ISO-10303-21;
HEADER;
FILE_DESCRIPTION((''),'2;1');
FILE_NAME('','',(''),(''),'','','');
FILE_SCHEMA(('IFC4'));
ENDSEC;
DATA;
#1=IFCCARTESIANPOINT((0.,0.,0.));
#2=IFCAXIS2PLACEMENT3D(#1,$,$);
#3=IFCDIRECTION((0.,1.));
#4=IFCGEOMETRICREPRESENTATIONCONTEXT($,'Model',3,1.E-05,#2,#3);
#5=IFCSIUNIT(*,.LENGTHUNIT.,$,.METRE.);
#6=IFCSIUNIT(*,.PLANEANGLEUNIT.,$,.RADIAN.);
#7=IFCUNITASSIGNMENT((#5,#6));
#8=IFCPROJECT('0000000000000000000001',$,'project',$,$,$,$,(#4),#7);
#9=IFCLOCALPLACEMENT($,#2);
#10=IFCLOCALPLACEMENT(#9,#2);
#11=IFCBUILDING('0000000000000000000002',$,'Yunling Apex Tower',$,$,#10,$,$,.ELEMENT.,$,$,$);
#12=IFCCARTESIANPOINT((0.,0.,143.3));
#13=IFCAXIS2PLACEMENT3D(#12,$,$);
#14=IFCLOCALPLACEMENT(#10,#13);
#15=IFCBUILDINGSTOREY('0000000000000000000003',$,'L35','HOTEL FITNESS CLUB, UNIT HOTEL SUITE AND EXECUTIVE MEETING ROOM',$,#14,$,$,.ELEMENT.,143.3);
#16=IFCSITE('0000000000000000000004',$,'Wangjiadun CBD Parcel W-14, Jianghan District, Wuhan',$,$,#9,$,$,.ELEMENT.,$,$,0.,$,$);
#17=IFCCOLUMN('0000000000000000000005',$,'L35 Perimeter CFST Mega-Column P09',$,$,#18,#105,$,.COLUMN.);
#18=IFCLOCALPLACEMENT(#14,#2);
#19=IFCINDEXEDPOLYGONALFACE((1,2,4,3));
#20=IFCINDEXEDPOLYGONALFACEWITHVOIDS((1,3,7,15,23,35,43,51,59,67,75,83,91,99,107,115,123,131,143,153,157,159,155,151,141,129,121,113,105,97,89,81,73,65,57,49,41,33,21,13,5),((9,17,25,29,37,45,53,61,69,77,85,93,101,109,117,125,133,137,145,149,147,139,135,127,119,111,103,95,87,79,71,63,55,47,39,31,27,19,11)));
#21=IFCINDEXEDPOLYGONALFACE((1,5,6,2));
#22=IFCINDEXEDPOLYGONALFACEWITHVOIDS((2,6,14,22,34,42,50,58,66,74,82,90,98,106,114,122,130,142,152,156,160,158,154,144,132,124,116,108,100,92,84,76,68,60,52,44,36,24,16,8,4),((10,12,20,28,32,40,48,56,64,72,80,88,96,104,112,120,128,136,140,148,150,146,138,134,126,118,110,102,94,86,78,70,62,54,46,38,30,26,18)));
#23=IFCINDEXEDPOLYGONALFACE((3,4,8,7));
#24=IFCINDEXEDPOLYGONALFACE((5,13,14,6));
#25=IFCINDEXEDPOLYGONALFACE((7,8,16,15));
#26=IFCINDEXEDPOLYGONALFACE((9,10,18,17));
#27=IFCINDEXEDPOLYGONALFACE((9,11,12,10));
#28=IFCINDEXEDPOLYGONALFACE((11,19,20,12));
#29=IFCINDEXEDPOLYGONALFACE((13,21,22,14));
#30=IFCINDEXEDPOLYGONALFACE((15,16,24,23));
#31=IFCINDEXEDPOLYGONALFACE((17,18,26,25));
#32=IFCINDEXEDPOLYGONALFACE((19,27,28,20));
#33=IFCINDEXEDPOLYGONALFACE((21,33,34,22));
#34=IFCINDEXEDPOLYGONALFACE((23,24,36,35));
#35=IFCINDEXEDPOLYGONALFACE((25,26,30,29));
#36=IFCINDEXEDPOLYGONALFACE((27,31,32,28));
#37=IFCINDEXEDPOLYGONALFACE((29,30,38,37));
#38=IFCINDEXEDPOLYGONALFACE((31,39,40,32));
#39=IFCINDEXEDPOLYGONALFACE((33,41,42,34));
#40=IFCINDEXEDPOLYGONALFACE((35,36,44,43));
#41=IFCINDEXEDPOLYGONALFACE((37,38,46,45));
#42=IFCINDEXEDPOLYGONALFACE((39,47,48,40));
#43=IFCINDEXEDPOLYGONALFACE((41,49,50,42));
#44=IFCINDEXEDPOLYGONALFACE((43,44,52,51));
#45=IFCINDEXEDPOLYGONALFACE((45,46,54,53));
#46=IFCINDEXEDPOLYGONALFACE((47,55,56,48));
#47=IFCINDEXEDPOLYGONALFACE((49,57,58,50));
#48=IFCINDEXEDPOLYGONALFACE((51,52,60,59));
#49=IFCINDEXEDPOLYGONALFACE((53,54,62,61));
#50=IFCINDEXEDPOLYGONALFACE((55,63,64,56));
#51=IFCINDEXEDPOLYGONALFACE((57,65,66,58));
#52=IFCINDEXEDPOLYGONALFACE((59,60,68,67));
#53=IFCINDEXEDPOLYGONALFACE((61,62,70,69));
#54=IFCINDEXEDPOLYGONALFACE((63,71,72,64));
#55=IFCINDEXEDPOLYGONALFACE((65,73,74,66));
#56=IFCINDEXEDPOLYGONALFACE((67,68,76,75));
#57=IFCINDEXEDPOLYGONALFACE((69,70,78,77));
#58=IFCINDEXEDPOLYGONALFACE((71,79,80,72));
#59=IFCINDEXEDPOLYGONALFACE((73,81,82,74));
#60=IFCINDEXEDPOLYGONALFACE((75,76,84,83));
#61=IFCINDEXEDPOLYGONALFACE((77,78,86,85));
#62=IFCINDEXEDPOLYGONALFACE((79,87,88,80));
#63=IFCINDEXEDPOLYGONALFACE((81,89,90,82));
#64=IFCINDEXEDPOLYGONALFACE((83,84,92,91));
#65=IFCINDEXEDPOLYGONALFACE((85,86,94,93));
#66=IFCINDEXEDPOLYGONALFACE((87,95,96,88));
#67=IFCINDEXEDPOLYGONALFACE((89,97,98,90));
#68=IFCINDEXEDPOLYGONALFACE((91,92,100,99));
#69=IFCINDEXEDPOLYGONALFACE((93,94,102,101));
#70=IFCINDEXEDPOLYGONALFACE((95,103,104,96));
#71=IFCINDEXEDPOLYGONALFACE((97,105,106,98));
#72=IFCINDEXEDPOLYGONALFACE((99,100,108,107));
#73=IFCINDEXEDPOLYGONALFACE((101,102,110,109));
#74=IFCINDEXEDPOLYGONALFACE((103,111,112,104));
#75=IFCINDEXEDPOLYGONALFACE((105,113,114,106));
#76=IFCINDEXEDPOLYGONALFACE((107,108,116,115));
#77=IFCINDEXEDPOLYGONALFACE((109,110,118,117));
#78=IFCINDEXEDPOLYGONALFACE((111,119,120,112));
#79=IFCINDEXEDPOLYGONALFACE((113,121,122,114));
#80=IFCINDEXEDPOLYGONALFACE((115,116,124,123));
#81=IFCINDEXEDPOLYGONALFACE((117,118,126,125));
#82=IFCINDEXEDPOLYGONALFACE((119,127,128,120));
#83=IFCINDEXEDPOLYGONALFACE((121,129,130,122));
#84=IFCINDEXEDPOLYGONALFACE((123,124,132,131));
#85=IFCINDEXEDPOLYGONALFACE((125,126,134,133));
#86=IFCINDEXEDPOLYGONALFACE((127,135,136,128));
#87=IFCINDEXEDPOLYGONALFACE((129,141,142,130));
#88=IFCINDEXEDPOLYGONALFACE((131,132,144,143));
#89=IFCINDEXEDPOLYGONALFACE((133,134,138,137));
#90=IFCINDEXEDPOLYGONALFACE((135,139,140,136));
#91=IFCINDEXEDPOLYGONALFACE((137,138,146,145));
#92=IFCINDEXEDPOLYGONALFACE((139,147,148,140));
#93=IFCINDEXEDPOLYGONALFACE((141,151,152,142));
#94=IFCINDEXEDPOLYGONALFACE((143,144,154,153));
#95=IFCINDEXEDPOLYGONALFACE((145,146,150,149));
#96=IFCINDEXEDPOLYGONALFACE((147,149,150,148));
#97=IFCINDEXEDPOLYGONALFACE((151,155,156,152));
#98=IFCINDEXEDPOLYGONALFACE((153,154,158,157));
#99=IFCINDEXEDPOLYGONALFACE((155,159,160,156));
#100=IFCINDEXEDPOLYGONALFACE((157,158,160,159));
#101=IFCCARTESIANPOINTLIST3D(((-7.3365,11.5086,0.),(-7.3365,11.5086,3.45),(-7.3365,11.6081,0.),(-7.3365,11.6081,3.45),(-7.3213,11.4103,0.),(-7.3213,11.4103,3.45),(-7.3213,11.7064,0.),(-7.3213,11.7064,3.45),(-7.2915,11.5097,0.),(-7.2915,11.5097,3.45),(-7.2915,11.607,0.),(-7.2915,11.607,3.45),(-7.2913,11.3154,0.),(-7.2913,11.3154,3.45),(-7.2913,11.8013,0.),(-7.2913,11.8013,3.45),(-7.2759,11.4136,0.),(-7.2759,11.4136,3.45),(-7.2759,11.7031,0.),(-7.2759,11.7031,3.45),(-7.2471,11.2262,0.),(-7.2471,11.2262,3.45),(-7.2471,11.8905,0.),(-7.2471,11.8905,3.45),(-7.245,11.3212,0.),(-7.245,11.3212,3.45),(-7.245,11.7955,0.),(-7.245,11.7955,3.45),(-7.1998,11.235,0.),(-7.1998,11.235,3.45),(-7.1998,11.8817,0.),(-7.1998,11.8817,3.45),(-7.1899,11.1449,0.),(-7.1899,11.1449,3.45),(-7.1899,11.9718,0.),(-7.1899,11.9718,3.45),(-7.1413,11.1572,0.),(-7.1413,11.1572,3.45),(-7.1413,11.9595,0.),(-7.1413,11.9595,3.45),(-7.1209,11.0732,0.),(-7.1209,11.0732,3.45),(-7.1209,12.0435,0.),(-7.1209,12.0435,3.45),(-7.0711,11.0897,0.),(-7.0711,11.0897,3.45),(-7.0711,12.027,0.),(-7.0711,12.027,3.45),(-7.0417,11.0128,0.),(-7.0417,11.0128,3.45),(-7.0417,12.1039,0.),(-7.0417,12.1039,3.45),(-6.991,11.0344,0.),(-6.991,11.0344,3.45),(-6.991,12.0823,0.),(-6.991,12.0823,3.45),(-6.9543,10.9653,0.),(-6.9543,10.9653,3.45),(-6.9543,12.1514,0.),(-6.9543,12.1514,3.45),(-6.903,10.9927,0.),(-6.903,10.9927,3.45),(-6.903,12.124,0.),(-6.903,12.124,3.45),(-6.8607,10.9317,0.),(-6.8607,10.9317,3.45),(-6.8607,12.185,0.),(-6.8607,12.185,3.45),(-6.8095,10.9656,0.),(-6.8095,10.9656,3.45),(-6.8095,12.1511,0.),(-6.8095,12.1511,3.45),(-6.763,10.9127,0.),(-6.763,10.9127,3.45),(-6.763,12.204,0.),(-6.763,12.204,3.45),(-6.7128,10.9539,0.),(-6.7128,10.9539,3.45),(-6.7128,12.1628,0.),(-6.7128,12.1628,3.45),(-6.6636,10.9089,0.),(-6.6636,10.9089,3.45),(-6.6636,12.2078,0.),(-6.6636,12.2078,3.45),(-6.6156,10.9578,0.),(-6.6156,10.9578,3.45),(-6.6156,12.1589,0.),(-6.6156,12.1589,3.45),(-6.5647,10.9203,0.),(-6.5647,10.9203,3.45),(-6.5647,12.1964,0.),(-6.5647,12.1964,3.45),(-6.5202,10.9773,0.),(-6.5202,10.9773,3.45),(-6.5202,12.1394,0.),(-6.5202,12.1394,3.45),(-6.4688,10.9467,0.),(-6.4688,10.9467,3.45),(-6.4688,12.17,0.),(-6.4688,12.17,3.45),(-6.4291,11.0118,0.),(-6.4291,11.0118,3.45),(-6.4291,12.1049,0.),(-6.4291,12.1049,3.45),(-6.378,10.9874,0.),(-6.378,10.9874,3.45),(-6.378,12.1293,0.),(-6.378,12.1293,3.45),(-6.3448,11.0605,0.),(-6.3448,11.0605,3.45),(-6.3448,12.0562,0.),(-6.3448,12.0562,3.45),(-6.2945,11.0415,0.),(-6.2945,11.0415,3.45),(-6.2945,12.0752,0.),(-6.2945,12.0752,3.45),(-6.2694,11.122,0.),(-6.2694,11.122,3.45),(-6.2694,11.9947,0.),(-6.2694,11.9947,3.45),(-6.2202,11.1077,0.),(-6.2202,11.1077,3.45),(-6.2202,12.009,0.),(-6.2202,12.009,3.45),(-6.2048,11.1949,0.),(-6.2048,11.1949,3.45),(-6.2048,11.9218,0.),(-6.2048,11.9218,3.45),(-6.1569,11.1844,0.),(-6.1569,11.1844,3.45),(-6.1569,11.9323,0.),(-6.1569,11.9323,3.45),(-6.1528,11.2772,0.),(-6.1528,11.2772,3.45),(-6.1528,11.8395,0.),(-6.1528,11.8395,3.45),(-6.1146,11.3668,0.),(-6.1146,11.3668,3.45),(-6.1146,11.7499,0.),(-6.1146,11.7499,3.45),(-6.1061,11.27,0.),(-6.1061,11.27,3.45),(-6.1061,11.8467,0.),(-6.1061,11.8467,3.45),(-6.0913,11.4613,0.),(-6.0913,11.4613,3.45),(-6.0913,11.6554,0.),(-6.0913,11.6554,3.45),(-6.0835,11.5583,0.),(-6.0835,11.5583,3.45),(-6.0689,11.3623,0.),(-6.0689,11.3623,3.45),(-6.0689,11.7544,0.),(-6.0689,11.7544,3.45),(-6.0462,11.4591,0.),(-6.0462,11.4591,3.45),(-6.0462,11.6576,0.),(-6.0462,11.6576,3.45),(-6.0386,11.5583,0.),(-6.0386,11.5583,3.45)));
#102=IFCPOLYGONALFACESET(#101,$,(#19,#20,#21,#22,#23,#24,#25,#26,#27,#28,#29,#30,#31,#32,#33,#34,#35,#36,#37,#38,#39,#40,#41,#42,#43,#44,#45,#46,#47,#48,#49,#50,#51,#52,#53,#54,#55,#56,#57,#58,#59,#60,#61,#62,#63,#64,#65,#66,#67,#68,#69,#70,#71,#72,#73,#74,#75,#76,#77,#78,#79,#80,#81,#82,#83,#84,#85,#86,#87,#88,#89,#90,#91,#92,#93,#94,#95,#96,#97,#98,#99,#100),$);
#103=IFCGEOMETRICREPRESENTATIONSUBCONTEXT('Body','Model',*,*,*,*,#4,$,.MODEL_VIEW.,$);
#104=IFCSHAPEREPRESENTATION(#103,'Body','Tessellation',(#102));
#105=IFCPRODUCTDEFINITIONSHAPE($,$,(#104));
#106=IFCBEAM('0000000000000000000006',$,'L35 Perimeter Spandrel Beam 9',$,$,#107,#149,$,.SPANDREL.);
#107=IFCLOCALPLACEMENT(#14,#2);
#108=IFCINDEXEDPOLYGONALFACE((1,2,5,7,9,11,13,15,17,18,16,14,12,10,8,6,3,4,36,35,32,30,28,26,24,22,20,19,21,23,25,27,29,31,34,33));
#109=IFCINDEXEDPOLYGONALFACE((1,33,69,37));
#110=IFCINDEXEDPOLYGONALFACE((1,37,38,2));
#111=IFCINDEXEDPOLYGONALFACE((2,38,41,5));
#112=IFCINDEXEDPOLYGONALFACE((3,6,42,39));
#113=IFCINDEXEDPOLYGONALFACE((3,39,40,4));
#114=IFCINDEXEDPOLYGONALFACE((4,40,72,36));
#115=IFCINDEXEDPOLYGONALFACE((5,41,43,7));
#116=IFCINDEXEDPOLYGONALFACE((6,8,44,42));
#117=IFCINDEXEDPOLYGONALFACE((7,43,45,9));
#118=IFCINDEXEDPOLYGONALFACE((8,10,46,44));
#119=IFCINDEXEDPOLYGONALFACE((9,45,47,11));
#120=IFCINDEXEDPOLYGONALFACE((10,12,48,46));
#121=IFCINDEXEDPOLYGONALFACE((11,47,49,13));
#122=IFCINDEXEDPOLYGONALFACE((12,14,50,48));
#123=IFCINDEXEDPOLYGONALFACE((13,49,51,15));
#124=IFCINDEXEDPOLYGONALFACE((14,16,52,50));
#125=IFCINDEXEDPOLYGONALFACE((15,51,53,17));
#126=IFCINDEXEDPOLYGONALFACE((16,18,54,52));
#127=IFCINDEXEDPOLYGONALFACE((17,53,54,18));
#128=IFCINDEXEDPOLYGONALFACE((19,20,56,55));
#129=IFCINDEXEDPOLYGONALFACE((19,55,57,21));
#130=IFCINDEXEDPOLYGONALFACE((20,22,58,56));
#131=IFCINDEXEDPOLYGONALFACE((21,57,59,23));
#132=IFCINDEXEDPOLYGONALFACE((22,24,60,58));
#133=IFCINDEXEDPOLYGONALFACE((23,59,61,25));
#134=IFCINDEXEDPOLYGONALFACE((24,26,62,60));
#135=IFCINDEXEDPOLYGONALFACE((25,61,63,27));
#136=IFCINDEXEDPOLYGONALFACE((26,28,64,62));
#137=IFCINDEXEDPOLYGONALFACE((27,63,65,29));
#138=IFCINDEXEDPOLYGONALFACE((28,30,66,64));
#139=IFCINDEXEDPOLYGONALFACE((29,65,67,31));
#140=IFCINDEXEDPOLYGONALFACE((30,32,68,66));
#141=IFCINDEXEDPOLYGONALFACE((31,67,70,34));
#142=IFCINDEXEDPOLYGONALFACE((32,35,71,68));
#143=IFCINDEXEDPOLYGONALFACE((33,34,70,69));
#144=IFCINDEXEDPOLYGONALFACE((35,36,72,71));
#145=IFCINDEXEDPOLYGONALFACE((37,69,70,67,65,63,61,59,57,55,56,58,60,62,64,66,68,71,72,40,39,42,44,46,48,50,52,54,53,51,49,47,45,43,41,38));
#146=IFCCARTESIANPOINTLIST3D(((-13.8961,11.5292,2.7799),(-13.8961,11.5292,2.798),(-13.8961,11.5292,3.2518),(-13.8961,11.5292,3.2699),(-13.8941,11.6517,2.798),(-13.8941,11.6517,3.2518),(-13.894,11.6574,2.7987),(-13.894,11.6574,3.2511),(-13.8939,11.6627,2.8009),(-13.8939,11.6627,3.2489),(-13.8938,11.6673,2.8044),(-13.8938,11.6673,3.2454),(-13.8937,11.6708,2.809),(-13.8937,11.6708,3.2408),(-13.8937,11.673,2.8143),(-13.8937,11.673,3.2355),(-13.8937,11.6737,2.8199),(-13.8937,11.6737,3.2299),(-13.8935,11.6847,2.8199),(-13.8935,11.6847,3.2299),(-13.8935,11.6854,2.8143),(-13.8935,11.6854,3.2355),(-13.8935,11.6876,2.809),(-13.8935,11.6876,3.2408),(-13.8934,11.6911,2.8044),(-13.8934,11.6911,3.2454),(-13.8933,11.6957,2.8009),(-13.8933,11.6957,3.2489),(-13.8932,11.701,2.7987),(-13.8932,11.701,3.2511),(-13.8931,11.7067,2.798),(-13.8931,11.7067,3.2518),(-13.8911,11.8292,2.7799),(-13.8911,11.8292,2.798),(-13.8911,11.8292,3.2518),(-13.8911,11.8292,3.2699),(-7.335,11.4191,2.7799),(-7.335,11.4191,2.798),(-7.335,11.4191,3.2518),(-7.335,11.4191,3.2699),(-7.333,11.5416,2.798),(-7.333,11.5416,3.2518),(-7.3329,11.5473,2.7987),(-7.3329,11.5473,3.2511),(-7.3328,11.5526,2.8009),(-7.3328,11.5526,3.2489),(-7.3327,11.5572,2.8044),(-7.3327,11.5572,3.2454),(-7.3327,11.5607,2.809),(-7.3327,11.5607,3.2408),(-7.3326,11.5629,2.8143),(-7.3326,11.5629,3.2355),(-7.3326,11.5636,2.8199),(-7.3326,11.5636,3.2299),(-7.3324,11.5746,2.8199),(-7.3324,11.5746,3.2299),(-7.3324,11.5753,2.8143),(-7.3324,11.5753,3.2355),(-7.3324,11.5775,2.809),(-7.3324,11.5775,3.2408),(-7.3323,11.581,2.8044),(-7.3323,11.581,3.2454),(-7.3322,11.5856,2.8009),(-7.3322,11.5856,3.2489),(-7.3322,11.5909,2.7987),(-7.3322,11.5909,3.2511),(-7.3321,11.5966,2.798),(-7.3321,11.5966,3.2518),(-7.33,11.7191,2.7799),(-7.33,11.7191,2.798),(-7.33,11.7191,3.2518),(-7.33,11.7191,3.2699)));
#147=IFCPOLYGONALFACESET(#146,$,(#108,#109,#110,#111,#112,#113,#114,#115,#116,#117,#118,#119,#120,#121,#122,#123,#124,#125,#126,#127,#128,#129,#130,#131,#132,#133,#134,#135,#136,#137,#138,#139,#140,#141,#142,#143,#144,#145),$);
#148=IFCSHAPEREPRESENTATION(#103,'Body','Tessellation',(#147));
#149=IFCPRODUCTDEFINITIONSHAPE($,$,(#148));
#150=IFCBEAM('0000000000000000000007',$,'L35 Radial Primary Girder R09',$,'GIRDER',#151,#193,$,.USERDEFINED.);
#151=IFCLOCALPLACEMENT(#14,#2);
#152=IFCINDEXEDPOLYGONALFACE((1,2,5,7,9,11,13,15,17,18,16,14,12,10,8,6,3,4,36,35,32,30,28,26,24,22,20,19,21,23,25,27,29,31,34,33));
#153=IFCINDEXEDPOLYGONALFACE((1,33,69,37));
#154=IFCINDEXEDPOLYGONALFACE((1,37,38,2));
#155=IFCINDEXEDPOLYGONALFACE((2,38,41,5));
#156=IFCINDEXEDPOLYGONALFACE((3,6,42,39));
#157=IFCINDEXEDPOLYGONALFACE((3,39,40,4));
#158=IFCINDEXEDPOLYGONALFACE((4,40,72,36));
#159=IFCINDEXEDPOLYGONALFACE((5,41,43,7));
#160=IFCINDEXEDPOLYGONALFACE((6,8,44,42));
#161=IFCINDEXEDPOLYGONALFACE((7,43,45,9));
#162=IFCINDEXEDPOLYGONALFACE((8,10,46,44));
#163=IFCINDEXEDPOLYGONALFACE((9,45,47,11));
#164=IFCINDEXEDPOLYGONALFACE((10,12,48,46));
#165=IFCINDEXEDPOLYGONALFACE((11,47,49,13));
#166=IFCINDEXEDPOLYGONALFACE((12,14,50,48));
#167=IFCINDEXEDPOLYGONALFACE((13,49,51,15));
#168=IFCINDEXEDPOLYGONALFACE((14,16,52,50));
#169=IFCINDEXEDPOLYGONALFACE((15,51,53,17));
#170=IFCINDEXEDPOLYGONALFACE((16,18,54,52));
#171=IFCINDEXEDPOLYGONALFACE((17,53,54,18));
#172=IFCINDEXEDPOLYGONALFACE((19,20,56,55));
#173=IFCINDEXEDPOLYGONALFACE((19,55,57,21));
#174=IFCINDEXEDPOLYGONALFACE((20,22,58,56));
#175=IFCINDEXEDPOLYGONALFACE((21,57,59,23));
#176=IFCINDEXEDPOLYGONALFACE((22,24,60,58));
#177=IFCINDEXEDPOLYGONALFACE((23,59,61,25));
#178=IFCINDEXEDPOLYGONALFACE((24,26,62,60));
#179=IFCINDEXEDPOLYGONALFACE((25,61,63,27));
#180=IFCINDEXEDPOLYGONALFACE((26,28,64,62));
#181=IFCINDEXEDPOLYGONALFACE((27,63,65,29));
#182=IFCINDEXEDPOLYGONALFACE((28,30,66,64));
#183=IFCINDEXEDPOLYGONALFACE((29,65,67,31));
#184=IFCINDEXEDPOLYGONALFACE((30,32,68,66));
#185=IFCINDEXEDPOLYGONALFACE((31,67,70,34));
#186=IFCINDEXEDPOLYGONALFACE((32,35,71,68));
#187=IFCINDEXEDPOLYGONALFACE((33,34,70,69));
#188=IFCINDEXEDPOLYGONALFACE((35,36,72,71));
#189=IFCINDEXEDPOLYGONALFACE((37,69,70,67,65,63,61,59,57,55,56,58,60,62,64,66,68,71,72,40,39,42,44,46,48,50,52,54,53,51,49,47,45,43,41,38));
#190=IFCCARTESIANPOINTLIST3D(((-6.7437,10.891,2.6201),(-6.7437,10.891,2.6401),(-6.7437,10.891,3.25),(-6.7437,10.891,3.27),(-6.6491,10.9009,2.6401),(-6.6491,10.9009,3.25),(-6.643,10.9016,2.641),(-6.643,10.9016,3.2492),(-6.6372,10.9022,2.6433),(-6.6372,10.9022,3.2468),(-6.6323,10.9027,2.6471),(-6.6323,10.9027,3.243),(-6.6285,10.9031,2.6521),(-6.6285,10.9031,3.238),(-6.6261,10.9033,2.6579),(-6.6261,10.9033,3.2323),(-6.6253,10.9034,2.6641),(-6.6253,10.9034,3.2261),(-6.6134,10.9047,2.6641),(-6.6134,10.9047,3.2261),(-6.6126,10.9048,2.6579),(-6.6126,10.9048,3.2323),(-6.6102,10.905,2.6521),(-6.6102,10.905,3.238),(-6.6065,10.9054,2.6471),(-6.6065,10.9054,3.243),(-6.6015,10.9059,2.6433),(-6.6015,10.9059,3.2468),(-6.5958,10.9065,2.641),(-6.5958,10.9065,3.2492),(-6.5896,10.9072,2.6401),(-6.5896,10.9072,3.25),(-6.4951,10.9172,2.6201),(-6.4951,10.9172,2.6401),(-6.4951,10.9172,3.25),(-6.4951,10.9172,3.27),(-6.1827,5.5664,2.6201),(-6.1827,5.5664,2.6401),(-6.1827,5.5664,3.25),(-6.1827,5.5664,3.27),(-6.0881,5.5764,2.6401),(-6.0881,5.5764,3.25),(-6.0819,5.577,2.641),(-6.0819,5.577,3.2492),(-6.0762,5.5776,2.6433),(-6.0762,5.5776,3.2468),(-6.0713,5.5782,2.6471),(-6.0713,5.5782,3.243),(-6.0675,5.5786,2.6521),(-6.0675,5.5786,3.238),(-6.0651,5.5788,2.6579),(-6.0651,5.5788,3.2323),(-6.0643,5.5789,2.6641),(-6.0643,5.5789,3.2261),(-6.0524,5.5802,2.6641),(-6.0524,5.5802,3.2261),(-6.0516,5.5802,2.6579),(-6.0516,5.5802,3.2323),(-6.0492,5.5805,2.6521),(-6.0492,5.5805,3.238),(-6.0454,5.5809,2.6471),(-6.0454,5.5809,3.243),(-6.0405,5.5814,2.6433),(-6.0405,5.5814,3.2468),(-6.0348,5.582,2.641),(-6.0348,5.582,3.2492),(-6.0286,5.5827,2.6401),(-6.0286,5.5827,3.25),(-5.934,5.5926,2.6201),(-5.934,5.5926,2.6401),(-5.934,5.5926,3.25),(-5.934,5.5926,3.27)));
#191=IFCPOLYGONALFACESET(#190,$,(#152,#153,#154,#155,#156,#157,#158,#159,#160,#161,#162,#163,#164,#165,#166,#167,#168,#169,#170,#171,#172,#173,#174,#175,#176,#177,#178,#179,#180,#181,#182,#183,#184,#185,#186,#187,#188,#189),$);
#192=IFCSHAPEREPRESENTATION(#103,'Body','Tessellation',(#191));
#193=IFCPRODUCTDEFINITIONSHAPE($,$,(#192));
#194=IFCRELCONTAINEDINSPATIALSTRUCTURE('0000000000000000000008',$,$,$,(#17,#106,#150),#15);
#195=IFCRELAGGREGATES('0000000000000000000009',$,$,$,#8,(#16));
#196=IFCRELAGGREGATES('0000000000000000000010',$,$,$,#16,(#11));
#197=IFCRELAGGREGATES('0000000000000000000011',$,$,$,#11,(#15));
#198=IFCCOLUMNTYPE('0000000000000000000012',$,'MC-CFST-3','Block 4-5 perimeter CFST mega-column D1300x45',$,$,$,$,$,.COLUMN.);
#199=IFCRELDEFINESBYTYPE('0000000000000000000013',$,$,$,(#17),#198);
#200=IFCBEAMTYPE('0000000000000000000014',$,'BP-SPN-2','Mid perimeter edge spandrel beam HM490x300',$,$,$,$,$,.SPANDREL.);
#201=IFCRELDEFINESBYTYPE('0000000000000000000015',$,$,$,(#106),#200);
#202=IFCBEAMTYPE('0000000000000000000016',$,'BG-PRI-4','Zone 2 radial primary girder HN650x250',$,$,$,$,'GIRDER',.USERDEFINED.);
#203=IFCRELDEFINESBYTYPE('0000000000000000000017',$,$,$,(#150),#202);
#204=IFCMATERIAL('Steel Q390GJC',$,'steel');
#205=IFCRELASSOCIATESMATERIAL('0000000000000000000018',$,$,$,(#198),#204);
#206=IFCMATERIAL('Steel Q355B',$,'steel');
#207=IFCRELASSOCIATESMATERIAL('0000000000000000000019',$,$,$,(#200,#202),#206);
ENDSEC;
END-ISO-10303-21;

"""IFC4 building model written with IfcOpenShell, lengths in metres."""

from ifc_helpers import new_model, si_unit, direction, frame, origin, origin_2d, place, context, subcontext, project, spatial, hollow_circle, i_section, extrude, source, transform, mapped, material, material_profile, profile_set, type_object, element, save


model = new_model("IFC4")

# Units and contexts
model_context = context("Model", 3, precision=1e-05, world=origin(), true_north=direction((0.0, 1.0)))
body_context = subcontext(model_context, "Body", "Model", "MODEL_VIEW")
ifc_project = project(units=[si_unit("LENGTHUNIT", "METRE"), si_unit("PLANEANGLEUNIT", "RADIAN")], contexts=[model_context])

# Site, building, storey
site_placement = place(None, origin())
site = spatial("IfcSite", under=ifc_project, at=site_placement, Name="Wangjiadun CBD Parcel W-14, Jianghan District, Wuhan", CompositionType="ELEMENT", RefElevation=0.0)
building_placement = place(site_placement, origin())
building = spatial("IfcBuilding", under=site, at=building_placement, Name="Yunling Apex Tower", CompositionType="ELEMENT")
storey_placement = place(building_placement, frame((0.0, 0.0, 143.3)))
storey = spatial("IfcBuildingStorey", under=building, at=storey_placement, Name="L35", Description="HOTEL FITNESS CLUB, UNIT HOTEL SUITE AND EXECUTIVE MEETING ROOM", CompositionType="ELEMENT", Elevation=143.3)

# Column
ifc_material_1 = material(Name="Steel Q390GJC", Category="steel")
ifc_material_profile_1 = material_profile(ifc_material_1, hollow_circle(Radius=0.6499, WallThickness=0.0449, at=origin_2d()))
ifc_profile_set_1 = profile_set([ifc_material_profile_1], Name="Steel Q390GJC")
column_type = type_object("IfcColumnType", Name="MC-CFST-3", Description="Block 4-5 perimeter CFST mega-column D1300x45", PredefinedType="COLUMN", material=ifc_profile_set_1)
shared_shape_1 = source(origin(), body_context, "Body", "SweptSolid", [
    extrude(hollow_circle(Radius=0.6499, WallThickness=0.0449, at=origin_2d()), origin(), (0.0, 0.0, 1.0), 3.45),
])
column_placement = place(storey_placement, frame((-6.6885, 11.5583, 0.0), z_axis=(0.0, 0.0, 1.0), x_axis=(1.0, 0.0, 0.0)))
element("IfcColumn", 1, at=column_placement, inside=storey, type_object=column_type, Name="L35 Perimeter CFST Mega-Column P09", PredefinedType="COLUMN", context=body_context, shape_type="MappedRepresentation", body=[
    mapped(shared_shape_1, transform((0.0, 0.0, 0.0), scale=1.0)),
])

# Beams
ifc_material_2 = material(Name="Steel Q355B", Category="steel")
ifc_material_profile_2 = material_profile(ifc_material_2, i_section(OverallWidth=0.3, OverallDepth=0.49, WebThickness=0.011, FlangeThickness=0.0181, FilletRadius=0.022, at=origin_2d()))
ifc_profile_set_2 = profile_set([ifc_material_profile_2], Name="Steel Q355B")
beam_type_1 = type_object("IfcBeamType", Name="BP-SPN-2", Description="Mid perimeter edge spandrel beam HM490x300", PredefinedType="SPANDREL", material=ifc_profile_set_2)
shared_shape_2 = source(origin(), body_context, "Body", "SweptSolid", [
    extrude(i_section(OverallWidth=0.3, OverallDepth=0.49, WebThickness=0.011, FlangeThickness=0.0181, FilletRadius=0.022, at=origin_2d()), origin(), (0.0, 0.0, 1.0), 6.562),
])
beam_1_placement = place(storey_placement, frame((-7.3325, 11.5691, 3.0249), z_axis=(-0.999859, 0.01678, 0.0), x_axis=(-0.01678, -0.999859, 0.0)))
element("IfcBeam", 2, at=beam_1_placement, inside=storey, type_object=beam_type_1, Name="L35 Perimeter Spandrel Beam 9", PredefinedType="SPANDREL", context=body_context, shape_type="MappedRepresentation", body=[
    mapped(shared_shape_2, transform((0.0, 0.0, 0.0), scale=1.0)),
])
ifc_material_profile_3 = material_profile(ifc_material_2, i_section(OverallWidth=0.25, OverallDepth=0.6499, WebThickness=0.012, FlangeThickness=0.02, FilletRadius=0.0239, at=origin_2d()))
ifc_profile_set_3 = profile_set([ifc_material_profile_3], Name="Steel Q355B")
beam_type_2 = type_object("IfcBeamType", Name="BG-PRI-4", Description="Zone 2 radial primary girder HN650x250", ElementType="GIRDER", PredefinedType="USERDEFINED", material=ifc_profile_set_3)
shared_shape_3 = source(origin(), body_context, "Body", "SweptSolid", [
    extrude(i_section(OverallWidth=0.25, OverallDepth=0.6499, WebThickness=0.012, FlangeThickness=0.02, FilletRadius=0.0239, at=origin_2d()), origin(), (0.0, 0.0, 1.0), 5.354),
])
beam_2_placement = place(storey_placement, frame((-6.6194, 10.9041, 2.9451), z_axis=(0.104789, -0.994494, 0.0), x_axis=(0.994494, 0.104789, 0.0)))
element("IfcBeam", 3, at=beam_2_placement, inside=storey, type_object=beam_type_2, Name="L35 Radial Primary Girder R09", ObjectType="GIRDER", PredefinedType="USERDEFINED", context=body_context, shape_type="MappedRepresentation", body=[
    mapped(shared_shape_3, transform((0.0, 0.0, 0.0), scale=1.0)),
])

save(model, "model.ifc")
